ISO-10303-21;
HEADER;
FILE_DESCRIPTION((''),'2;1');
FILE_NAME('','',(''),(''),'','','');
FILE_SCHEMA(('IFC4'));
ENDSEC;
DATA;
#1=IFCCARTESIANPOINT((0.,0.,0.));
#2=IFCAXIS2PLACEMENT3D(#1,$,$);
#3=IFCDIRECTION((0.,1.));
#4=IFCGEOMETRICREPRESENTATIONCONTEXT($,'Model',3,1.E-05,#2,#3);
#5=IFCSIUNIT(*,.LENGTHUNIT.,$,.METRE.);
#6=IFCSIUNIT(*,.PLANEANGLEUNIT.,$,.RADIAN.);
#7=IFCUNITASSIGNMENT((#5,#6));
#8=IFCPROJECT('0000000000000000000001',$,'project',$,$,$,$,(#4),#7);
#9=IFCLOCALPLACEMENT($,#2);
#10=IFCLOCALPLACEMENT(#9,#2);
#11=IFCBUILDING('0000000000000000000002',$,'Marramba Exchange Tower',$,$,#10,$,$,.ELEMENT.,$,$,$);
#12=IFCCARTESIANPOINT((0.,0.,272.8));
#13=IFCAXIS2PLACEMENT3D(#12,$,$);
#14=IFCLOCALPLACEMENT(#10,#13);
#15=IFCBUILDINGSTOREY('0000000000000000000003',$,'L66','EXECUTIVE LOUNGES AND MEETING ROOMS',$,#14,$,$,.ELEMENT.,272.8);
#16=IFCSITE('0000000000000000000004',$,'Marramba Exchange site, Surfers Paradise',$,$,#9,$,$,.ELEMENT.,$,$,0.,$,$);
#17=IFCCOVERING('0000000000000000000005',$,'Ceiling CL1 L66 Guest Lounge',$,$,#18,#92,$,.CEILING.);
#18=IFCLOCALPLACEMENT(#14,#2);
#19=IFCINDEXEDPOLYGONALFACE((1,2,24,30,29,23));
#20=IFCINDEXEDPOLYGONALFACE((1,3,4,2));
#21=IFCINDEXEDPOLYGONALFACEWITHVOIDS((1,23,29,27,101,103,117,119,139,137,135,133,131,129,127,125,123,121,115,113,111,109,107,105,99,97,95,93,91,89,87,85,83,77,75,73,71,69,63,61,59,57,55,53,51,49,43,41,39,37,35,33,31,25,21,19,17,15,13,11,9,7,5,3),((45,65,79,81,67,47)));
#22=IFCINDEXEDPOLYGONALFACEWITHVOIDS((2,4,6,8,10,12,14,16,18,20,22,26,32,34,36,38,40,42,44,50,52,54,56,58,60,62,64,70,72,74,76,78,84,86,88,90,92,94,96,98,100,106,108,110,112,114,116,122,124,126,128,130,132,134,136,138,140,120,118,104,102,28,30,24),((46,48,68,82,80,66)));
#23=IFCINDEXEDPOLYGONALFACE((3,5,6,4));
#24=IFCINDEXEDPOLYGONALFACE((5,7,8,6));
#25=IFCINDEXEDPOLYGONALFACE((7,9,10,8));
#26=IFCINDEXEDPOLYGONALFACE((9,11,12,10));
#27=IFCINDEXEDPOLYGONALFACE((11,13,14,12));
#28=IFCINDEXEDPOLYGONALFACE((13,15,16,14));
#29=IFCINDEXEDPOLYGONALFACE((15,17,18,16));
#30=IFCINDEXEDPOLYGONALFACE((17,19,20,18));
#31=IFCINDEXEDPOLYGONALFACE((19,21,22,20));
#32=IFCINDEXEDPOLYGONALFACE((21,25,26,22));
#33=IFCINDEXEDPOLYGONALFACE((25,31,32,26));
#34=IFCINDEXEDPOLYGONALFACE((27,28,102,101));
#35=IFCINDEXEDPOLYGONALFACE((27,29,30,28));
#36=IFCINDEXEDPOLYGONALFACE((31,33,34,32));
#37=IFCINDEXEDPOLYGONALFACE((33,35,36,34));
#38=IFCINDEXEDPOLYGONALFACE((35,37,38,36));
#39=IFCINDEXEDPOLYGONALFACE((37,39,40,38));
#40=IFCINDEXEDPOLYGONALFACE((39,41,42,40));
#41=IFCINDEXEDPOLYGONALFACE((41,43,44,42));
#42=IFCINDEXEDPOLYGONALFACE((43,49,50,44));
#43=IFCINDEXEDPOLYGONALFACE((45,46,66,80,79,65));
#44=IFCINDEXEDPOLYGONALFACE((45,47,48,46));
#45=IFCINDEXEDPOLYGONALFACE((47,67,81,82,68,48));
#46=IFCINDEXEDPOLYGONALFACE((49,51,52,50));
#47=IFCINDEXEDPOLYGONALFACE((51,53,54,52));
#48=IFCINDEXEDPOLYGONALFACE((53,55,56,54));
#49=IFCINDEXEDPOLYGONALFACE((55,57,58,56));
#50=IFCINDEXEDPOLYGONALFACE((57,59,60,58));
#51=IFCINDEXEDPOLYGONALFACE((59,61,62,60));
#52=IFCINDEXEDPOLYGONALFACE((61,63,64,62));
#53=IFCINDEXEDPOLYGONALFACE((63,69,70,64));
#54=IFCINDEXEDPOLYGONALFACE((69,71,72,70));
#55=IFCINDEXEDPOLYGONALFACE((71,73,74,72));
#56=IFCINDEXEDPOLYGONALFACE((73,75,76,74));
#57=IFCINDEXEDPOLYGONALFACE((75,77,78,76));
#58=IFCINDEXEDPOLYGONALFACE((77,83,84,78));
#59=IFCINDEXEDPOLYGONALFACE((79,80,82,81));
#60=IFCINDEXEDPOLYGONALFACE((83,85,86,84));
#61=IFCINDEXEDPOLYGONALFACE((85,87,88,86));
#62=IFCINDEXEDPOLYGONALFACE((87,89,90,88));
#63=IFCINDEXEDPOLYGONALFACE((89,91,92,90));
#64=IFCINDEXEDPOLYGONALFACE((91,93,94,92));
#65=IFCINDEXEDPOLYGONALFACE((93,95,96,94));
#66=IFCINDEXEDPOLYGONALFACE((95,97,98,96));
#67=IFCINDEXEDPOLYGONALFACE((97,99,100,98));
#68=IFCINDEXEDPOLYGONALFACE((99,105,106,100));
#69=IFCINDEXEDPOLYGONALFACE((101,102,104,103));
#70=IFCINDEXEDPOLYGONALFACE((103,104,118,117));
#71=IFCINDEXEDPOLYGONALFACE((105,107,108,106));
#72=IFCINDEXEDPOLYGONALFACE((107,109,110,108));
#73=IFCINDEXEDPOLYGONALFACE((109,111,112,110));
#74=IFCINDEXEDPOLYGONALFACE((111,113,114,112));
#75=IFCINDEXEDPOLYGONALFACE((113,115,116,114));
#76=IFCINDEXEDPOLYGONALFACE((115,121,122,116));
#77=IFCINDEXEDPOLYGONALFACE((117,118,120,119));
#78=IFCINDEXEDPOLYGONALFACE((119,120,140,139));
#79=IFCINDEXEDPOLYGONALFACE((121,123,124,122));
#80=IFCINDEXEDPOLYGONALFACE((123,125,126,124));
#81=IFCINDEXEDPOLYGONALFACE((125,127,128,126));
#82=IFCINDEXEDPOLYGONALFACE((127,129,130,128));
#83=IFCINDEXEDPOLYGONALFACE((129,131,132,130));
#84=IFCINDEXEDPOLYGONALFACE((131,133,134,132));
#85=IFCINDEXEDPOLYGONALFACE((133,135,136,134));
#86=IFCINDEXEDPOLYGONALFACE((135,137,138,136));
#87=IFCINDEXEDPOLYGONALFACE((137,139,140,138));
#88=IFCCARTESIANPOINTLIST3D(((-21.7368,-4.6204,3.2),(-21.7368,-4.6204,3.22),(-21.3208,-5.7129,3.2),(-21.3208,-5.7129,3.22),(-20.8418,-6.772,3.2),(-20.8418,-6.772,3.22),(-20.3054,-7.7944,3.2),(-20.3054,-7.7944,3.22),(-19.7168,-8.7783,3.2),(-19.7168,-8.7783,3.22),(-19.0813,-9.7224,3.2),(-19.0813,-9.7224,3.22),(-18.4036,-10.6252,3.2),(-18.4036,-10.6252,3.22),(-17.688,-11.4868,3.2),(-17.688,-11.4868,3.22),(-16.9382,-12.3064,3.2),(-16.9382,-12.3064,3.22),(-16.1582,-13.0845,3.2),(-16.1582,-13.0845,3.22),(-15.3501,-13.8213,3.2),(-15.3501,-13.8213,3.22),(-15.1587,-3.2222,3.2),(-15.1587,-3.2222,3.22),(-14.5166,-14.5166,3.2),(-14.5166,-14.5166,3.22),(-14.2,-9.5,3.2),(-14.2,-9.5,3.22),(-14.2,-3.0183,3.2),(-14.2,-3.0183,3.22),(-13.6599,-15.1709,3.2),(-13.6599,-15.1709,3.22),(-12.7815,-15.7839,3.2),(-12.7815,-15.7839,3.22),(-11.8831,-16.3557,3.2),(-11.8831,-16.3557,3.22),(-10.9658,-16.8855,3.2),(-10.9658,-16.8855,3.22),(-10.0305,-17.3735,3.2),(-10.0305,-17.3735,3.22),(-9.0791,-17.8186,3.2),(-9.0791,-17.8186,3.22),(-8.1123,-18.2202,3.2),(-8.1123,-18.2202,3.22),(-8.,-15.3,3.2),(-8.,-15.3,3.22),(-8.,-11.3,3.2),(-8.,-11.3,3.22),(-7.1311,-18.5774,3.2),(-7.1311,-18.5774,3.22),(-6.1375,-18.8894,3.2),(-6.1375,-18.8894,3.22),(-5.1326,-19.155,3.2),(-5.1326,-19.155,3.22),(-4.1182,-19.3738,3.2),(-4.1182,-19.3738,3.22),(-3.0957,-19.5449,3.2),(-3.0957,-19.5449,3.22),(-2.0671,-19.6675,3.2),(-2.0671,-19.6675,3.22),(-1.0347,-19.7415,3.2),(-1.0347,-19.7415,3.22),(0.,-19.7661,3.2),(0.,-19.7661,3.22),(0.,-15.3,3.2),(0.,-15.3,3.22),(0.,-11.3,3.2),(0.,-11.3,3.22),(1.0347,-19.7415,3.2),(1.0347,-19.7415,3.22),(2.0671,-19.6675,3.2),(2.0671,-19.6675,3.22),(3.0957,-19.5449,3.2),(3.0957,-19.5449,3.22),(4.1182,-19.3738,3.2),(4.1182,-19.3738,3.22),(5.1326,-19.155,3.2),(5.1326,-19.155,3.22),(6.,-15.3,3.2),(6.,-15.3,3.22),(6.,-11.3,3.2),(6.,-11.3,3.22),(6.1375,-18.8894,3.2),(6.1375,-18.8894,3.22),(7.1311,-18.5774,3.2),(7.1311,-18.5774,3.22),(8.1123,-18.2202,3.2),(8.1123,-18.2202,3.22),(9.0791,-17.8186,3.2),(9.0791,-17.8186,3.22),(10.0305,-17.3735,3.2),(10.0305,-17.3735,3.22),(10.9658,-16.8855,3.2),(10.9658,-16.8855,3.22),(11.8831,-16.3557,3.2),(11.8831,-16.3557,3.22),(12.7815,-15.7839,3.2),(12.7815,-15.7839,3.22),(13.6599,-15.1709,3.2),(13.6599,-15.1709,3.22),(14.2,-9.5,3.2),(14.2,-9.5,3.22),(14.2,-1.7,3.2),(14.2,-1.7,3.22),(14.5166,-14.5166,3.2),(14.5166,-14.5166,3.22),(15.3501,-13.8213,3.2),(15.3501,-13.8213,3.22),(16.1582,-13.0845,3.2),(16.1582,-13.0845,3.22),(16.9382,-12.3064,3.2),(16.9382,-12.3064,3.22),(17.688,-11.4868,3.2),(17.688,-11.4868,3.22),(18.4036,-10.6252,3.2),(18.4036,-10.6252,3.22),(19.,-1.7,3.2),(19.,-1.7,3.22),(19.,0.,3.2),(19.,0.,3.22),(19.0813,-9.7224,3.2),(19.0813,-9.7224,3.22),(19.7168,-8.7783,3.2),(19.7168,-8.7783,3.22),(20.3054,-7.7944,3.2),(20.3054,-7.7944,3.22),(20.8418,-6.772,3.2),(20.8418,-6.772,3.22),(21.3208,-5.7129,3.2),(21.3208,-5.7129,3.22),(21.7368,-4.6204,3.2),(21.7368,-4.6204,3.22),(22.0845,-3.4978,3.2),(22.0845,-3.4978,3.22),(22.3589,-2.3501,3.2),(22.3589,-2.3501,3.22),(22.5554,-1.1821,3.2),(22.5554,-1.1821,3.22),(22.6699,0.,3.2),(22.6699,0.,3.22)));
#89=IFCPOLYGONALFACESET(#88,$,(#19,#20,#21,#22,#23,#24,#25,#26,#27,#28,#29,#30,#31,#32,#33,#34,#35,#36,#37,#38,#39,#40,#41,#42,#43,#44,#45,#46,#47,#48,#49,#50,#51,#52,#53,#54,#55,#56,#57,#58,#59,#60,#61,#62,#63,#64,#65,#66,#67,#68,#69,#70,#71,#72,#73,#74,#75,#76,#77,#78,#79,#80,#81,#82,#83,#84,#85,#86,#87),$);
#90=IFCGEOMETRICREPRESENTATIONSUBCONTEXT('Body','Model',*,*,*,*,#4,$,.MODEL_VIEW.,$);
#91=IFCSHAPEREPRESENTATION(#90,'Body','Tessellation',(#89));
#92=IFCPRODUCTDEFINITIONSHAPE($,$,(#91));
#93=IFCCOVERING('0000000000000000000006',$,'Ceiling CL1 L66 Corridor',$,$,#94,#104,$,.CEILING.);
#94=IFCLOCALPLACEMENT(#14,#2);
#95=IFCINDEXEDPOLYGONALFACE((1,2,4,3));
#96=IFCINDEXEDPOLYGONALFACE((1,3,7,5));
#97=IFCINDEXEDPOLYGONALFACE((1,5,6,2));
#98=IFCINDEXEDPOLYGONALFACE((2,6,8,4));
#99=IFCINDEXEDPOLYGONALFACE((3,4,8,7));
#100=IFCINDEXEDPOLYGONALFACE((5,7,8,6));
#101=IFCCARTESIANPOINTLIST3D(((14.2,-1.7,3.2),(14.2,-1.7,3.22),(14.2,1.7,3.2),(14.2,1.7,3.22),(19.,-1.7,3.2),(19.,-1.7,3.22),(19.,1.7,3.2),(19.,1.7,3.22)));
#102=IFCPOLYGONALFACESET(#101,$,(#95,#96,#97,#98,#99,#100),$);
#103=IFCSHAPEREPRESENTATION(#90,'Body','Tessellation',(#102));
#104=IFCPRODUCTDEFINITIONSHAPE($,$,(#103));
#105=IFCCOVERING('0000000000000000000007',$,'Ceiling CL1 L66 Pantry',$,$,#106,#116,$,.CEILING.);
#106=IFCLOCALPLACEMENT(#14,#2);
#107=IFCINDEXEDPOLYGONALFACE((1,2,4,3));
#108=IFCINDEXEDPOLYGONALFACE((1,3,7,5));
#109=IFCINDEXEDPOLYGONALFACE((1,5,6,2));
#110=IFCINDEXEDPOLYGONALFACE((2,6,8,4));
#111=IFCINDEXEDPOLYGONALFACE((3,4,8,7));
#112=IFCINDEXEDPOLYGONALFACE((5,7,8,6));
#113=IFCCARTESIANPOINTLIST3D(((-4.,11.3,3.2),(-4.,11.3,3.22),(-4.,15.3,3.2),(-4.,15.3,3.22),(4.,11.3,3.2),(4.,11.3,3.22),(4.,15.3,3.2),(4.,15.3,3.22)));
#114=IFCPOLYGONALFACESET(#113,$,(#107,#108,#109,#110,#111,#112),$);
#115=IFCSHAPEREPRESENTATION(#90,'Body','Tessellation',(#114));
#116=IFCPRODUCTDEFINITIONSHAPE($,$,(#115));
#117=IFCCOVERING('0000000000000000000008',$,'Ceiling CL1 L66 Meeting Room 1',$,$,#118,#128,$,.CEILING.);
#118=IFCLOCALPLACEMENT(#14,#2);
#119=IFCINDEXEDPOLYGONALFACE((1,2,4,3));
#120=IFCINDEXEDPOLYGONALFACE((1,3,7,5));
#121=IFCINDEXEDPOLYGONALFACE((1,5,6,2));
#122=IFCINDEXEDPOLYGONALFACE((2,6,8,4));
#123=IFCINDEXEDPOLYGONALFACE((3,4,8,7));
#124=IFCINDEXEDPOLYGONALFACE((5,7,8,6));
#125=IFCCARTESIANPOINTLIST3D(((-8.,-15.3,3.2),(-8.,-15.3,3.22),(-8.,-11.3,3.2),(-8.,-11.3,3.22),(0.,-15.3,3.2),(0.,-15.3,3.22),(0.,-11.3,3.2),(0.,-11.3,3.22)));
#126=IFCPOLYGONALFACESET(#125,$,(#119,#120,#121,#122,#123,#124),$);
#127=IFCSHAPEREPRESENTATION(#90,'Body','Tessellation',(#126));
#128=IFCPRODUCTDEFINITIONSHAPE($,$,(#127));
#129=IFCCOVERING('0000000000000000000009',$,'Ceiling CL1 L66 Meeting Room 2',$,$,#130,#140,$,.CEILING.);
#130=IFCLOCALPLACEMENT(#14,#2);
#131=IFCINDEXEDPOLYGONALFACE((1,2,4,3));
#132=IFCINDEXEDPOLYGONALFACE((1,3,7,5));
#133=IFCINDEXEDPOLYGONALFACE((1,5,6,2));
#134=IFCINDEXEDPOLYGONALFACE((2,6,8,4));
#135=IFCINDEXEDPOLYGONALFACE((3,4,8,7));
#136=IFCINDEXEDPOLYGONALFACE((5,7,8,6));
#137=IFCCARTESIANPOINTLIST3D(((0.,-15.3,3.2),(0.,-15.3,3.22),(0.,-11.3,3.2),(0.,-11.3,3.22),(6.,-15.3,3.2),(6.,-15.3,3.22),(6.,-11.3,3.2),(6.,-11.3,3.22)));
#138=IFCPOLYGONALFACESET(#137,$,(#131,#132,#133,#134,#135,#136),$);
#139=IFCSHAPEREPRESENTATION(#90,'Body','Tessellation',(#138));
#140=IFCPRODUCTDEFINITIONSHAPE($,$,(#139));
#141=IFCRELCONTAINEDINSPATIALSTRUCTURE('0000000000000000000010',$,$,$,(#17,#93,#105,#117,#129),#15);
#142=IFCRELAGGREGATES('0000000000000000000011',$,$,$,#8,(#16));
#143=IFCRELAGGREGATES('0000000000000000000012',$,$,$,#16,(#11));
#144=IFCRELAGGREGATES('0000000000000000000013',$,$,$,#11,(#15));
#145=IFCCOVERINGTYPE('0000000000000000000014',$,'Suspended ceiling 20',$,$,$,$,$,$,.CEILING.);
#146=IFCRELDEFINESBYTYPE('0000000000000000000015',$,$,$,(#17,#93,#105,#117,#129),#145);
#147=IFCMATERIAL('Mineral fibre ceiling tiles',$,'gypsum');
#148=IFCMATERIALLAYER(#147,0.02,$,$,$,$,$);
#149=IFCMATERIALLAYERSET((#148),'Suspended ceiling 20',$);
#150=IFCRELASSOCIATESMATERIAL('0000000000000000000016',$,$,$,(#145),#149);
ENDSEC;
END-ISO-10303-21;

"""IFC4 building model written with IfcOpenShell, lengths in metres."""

from ifc_helpers import new_model, si_unit, direction, frame, origin, place, context, subcontext, project, spatial, polyline, outline, extrude, material, layer, layer_set, type_object, element, save


model = new_model("IFC4")

# Units and contexts
model_context = context("Model", 3, precision=1e-05, world=origin(), true_north=direction((0.0, 1.0)))
body_context = subcontext(model_context, "Body", "Model", "MODEL_VIEW")
ifc_project = project(units=[si_unit("LENGTHUNIT", "METRE"), si_unit("PLANEANGLEUNIT", "RADIAN")], contexts=[model_context])

# Site, building, storey
site_placement = place(None, origin())
site = spatial("IfcSite", under=ifc_project, at=site_placement, Name="Marramba Exchange site, Surfers Paradise", CompositionType="ELEMENT", RefElevation=0.0)
building_placement = place(site_placement, origin())
building = spatial("IfcBuilding", under=site, at=building_placement, Name="Marramba Exchange Tower", CompositionType="ELEMENT")
storey_placement = place(building_placement, frame((0.0, 0.0, 272.8)))
storey = spatial("IfcBuildingStorey", under=building, at=storey_placement, Name="L66", Description="EXECUTIVE LOUNGES AND MEETING ROOMS", CompositionType="ELEMENT", Elevation=272.8)

# Coverings
ifc_material_1 = material(Name="Mineral fibre ceiling tiles", Category="gypsum")
ifc_layer_1 = layer(ifc_material_1, 0.02)
ifc_layer_set_1 = layer_set([ifc_layer_1], Name="Suspended ceiling 20")
covering_type_1 = type_object("IfcCoveringType", Name="Suspended ceiling 20", PredefinedType="CEILING", material=ifc_layer_set_1)
covering_1_placement = place(storey_placement, frame((0.0, 0.0, 3.2)))
element("IfcCovering", 1, at=covering_1_placement, inside=storey, type_object=covering_type_1, Name="Ceiling CL1 L66 Guest Lounge", PredefinedType="CEILING", context=body_context, shape_type="SweptSolid", body=[
    extrude(outline(polyline([(14.2, -9.5), (14.2, -1.7), (19.0, -1.7), (19.0, 0.0), (22.6699, 0.0), (22.5554, -1.1821), (22.3589, -2.3501), (22.0845, -3.4978), (21.7368, -4.6204), (21.3208, -5.7129), (20.8418, -6.772), (20.3054, -7.7944), (19.7168, -8.7783), (19.0813, -9.7224), (18.4036, -10.6252), (17.688, -11.4868), (16.9382, -12.3064), (16.1582, -13.0845), (15.3501, -13.8213), (14.5166, -14.5166), (13.6599, -15.1709), (12.7815, -15.7839), (11.8831, -16.3557), (10.9658, -16.8855), (10.0305, -17.3735), (9.0791, -17.8186), (8.1123, -18.2202), (7.1311, -18.5774), (6.1375, -18.8894), (5.1326, -19.155), (4.1182, -19.3738), (3.0957, -19.5449), (2.0671, -19.6675), (1.0347, -19.7415), (0.0, -19.7661), (-1.0347, -19.7415), (-2.0671, -19.6675), (-3.0957, -19.5449), (-4.1182, -19.3738), (-5.1326, -19.155), (-6.1375, -18.8894), (-7.1311, -18.5774), (-8.1123, -18.2202), (-9.0791, -17.8186), (-10.0305, -17.3735), (-10.9658, -16.8855), (-11.8831, -16.3557), (-12.7815, -15.7839), (-13.6599, -15.1709), (-14.5166, -14.5166), (-15.3501, -13.8213), (-16.1582, -13.0845), (-16.9382, -12.3064), (-17.688, -11.4868), (-18.4036, -10.6252), (-19.0813, -9.7224), (-19.7168, -8.7783), (-20.3054, -7.7944), (-20.8418, -6.772), (-21.3208, -5.7129), (-21.7368, -4.6204), (-15.1587, -3.2222), (-14.2, -3.0183), (-14.2, -9.5), (14.2, -9.5)]), holes=[polyline([(0.0, -15.3), (6.0, -15.3), (6.0, -11.3), (0.0, -11.3), (-8.0, -11.3), (-8.0, -15.3), (0.0, -15.3)])]), origin(), (0.0, 0.0, 1.0), 0.02),
])
covering_2_placement = place(storey_placement, frame((0.0, 0.0, 3.2)))
element("IfcCovering", 2, at=covering_2_placement, inside=storey, type_object=covering_type_1, Name="Ceiling CL1 L66 Corridor", PredefinedType="CEILING", context=body_context, shape_type="SweptSolid", body=[
    extrude(outline(polyline([(14.2, -1.7), (14.2, 1.7), (19.0, 1.7), (19.0, -1.7), (14.2, -1.7)])), origin(), (0.0, 0.0, 1.0), 0.02),
])
covering_3_placement = place(storey_placement, frame((0.0, 0.0, 3.2)))
element("IfcCovering", 3, at=covering_3_placement, inside=storey, type_object=covering_type_1, Name="Ceiling CL1 L66 Pantry", PredefinedType="CEILING", context=body_context, shape_type="SweptSolid", body=[
    extrude(outline(polyline([(4.0, 11.3), (-4.0, 11.3), (-4.0, 15.3), (4.0, 15.3), (4.0, 11.3)])), origin(), (0.0, 0.0, 1.0), 0.02),
])
covering_4_placement = place(storey_placement, frame((0.0, 0.0, 3.2)))
element("IfcCovering", 4, at=covering_4_placement, inside=storey, type_object=covering_type_1, Name="Ceiling CL1 L66 Meeting Room 1", PredefinedType="CEILING", context=body_context, shape_type="SweptSolid", body=[
    extrude(outline(polyline([(0.0, -15.3), (-8.0, -15.3), (-8.0, -11.3), (0.0, -11.3), (0.0, -15.3)])), origin(), (0.0, 0.0, 1.0), 0.02),
])
covering_5_placement = place(storey_placement, frame((0.0, 0.0, 3.2)))
element("IfcCovering", 5, at=covering_5_placement, inside=storey, type_object=covering_type_1, Name="Ceiling CL1 L66 Meeting Room 2", PredefinedType="CEILING", context=body_context, shape_type="SweptSolid", body=[
    extrude(outline(polyline([(6.0, -15.3), (0.0, -15.3), (0.0, -11.3), (6.0, -11.3), (6.0, -15.3)])), origin(), (0.0, 0.0, 1.0), 0.02),
])

save(model, "model.ifc")
